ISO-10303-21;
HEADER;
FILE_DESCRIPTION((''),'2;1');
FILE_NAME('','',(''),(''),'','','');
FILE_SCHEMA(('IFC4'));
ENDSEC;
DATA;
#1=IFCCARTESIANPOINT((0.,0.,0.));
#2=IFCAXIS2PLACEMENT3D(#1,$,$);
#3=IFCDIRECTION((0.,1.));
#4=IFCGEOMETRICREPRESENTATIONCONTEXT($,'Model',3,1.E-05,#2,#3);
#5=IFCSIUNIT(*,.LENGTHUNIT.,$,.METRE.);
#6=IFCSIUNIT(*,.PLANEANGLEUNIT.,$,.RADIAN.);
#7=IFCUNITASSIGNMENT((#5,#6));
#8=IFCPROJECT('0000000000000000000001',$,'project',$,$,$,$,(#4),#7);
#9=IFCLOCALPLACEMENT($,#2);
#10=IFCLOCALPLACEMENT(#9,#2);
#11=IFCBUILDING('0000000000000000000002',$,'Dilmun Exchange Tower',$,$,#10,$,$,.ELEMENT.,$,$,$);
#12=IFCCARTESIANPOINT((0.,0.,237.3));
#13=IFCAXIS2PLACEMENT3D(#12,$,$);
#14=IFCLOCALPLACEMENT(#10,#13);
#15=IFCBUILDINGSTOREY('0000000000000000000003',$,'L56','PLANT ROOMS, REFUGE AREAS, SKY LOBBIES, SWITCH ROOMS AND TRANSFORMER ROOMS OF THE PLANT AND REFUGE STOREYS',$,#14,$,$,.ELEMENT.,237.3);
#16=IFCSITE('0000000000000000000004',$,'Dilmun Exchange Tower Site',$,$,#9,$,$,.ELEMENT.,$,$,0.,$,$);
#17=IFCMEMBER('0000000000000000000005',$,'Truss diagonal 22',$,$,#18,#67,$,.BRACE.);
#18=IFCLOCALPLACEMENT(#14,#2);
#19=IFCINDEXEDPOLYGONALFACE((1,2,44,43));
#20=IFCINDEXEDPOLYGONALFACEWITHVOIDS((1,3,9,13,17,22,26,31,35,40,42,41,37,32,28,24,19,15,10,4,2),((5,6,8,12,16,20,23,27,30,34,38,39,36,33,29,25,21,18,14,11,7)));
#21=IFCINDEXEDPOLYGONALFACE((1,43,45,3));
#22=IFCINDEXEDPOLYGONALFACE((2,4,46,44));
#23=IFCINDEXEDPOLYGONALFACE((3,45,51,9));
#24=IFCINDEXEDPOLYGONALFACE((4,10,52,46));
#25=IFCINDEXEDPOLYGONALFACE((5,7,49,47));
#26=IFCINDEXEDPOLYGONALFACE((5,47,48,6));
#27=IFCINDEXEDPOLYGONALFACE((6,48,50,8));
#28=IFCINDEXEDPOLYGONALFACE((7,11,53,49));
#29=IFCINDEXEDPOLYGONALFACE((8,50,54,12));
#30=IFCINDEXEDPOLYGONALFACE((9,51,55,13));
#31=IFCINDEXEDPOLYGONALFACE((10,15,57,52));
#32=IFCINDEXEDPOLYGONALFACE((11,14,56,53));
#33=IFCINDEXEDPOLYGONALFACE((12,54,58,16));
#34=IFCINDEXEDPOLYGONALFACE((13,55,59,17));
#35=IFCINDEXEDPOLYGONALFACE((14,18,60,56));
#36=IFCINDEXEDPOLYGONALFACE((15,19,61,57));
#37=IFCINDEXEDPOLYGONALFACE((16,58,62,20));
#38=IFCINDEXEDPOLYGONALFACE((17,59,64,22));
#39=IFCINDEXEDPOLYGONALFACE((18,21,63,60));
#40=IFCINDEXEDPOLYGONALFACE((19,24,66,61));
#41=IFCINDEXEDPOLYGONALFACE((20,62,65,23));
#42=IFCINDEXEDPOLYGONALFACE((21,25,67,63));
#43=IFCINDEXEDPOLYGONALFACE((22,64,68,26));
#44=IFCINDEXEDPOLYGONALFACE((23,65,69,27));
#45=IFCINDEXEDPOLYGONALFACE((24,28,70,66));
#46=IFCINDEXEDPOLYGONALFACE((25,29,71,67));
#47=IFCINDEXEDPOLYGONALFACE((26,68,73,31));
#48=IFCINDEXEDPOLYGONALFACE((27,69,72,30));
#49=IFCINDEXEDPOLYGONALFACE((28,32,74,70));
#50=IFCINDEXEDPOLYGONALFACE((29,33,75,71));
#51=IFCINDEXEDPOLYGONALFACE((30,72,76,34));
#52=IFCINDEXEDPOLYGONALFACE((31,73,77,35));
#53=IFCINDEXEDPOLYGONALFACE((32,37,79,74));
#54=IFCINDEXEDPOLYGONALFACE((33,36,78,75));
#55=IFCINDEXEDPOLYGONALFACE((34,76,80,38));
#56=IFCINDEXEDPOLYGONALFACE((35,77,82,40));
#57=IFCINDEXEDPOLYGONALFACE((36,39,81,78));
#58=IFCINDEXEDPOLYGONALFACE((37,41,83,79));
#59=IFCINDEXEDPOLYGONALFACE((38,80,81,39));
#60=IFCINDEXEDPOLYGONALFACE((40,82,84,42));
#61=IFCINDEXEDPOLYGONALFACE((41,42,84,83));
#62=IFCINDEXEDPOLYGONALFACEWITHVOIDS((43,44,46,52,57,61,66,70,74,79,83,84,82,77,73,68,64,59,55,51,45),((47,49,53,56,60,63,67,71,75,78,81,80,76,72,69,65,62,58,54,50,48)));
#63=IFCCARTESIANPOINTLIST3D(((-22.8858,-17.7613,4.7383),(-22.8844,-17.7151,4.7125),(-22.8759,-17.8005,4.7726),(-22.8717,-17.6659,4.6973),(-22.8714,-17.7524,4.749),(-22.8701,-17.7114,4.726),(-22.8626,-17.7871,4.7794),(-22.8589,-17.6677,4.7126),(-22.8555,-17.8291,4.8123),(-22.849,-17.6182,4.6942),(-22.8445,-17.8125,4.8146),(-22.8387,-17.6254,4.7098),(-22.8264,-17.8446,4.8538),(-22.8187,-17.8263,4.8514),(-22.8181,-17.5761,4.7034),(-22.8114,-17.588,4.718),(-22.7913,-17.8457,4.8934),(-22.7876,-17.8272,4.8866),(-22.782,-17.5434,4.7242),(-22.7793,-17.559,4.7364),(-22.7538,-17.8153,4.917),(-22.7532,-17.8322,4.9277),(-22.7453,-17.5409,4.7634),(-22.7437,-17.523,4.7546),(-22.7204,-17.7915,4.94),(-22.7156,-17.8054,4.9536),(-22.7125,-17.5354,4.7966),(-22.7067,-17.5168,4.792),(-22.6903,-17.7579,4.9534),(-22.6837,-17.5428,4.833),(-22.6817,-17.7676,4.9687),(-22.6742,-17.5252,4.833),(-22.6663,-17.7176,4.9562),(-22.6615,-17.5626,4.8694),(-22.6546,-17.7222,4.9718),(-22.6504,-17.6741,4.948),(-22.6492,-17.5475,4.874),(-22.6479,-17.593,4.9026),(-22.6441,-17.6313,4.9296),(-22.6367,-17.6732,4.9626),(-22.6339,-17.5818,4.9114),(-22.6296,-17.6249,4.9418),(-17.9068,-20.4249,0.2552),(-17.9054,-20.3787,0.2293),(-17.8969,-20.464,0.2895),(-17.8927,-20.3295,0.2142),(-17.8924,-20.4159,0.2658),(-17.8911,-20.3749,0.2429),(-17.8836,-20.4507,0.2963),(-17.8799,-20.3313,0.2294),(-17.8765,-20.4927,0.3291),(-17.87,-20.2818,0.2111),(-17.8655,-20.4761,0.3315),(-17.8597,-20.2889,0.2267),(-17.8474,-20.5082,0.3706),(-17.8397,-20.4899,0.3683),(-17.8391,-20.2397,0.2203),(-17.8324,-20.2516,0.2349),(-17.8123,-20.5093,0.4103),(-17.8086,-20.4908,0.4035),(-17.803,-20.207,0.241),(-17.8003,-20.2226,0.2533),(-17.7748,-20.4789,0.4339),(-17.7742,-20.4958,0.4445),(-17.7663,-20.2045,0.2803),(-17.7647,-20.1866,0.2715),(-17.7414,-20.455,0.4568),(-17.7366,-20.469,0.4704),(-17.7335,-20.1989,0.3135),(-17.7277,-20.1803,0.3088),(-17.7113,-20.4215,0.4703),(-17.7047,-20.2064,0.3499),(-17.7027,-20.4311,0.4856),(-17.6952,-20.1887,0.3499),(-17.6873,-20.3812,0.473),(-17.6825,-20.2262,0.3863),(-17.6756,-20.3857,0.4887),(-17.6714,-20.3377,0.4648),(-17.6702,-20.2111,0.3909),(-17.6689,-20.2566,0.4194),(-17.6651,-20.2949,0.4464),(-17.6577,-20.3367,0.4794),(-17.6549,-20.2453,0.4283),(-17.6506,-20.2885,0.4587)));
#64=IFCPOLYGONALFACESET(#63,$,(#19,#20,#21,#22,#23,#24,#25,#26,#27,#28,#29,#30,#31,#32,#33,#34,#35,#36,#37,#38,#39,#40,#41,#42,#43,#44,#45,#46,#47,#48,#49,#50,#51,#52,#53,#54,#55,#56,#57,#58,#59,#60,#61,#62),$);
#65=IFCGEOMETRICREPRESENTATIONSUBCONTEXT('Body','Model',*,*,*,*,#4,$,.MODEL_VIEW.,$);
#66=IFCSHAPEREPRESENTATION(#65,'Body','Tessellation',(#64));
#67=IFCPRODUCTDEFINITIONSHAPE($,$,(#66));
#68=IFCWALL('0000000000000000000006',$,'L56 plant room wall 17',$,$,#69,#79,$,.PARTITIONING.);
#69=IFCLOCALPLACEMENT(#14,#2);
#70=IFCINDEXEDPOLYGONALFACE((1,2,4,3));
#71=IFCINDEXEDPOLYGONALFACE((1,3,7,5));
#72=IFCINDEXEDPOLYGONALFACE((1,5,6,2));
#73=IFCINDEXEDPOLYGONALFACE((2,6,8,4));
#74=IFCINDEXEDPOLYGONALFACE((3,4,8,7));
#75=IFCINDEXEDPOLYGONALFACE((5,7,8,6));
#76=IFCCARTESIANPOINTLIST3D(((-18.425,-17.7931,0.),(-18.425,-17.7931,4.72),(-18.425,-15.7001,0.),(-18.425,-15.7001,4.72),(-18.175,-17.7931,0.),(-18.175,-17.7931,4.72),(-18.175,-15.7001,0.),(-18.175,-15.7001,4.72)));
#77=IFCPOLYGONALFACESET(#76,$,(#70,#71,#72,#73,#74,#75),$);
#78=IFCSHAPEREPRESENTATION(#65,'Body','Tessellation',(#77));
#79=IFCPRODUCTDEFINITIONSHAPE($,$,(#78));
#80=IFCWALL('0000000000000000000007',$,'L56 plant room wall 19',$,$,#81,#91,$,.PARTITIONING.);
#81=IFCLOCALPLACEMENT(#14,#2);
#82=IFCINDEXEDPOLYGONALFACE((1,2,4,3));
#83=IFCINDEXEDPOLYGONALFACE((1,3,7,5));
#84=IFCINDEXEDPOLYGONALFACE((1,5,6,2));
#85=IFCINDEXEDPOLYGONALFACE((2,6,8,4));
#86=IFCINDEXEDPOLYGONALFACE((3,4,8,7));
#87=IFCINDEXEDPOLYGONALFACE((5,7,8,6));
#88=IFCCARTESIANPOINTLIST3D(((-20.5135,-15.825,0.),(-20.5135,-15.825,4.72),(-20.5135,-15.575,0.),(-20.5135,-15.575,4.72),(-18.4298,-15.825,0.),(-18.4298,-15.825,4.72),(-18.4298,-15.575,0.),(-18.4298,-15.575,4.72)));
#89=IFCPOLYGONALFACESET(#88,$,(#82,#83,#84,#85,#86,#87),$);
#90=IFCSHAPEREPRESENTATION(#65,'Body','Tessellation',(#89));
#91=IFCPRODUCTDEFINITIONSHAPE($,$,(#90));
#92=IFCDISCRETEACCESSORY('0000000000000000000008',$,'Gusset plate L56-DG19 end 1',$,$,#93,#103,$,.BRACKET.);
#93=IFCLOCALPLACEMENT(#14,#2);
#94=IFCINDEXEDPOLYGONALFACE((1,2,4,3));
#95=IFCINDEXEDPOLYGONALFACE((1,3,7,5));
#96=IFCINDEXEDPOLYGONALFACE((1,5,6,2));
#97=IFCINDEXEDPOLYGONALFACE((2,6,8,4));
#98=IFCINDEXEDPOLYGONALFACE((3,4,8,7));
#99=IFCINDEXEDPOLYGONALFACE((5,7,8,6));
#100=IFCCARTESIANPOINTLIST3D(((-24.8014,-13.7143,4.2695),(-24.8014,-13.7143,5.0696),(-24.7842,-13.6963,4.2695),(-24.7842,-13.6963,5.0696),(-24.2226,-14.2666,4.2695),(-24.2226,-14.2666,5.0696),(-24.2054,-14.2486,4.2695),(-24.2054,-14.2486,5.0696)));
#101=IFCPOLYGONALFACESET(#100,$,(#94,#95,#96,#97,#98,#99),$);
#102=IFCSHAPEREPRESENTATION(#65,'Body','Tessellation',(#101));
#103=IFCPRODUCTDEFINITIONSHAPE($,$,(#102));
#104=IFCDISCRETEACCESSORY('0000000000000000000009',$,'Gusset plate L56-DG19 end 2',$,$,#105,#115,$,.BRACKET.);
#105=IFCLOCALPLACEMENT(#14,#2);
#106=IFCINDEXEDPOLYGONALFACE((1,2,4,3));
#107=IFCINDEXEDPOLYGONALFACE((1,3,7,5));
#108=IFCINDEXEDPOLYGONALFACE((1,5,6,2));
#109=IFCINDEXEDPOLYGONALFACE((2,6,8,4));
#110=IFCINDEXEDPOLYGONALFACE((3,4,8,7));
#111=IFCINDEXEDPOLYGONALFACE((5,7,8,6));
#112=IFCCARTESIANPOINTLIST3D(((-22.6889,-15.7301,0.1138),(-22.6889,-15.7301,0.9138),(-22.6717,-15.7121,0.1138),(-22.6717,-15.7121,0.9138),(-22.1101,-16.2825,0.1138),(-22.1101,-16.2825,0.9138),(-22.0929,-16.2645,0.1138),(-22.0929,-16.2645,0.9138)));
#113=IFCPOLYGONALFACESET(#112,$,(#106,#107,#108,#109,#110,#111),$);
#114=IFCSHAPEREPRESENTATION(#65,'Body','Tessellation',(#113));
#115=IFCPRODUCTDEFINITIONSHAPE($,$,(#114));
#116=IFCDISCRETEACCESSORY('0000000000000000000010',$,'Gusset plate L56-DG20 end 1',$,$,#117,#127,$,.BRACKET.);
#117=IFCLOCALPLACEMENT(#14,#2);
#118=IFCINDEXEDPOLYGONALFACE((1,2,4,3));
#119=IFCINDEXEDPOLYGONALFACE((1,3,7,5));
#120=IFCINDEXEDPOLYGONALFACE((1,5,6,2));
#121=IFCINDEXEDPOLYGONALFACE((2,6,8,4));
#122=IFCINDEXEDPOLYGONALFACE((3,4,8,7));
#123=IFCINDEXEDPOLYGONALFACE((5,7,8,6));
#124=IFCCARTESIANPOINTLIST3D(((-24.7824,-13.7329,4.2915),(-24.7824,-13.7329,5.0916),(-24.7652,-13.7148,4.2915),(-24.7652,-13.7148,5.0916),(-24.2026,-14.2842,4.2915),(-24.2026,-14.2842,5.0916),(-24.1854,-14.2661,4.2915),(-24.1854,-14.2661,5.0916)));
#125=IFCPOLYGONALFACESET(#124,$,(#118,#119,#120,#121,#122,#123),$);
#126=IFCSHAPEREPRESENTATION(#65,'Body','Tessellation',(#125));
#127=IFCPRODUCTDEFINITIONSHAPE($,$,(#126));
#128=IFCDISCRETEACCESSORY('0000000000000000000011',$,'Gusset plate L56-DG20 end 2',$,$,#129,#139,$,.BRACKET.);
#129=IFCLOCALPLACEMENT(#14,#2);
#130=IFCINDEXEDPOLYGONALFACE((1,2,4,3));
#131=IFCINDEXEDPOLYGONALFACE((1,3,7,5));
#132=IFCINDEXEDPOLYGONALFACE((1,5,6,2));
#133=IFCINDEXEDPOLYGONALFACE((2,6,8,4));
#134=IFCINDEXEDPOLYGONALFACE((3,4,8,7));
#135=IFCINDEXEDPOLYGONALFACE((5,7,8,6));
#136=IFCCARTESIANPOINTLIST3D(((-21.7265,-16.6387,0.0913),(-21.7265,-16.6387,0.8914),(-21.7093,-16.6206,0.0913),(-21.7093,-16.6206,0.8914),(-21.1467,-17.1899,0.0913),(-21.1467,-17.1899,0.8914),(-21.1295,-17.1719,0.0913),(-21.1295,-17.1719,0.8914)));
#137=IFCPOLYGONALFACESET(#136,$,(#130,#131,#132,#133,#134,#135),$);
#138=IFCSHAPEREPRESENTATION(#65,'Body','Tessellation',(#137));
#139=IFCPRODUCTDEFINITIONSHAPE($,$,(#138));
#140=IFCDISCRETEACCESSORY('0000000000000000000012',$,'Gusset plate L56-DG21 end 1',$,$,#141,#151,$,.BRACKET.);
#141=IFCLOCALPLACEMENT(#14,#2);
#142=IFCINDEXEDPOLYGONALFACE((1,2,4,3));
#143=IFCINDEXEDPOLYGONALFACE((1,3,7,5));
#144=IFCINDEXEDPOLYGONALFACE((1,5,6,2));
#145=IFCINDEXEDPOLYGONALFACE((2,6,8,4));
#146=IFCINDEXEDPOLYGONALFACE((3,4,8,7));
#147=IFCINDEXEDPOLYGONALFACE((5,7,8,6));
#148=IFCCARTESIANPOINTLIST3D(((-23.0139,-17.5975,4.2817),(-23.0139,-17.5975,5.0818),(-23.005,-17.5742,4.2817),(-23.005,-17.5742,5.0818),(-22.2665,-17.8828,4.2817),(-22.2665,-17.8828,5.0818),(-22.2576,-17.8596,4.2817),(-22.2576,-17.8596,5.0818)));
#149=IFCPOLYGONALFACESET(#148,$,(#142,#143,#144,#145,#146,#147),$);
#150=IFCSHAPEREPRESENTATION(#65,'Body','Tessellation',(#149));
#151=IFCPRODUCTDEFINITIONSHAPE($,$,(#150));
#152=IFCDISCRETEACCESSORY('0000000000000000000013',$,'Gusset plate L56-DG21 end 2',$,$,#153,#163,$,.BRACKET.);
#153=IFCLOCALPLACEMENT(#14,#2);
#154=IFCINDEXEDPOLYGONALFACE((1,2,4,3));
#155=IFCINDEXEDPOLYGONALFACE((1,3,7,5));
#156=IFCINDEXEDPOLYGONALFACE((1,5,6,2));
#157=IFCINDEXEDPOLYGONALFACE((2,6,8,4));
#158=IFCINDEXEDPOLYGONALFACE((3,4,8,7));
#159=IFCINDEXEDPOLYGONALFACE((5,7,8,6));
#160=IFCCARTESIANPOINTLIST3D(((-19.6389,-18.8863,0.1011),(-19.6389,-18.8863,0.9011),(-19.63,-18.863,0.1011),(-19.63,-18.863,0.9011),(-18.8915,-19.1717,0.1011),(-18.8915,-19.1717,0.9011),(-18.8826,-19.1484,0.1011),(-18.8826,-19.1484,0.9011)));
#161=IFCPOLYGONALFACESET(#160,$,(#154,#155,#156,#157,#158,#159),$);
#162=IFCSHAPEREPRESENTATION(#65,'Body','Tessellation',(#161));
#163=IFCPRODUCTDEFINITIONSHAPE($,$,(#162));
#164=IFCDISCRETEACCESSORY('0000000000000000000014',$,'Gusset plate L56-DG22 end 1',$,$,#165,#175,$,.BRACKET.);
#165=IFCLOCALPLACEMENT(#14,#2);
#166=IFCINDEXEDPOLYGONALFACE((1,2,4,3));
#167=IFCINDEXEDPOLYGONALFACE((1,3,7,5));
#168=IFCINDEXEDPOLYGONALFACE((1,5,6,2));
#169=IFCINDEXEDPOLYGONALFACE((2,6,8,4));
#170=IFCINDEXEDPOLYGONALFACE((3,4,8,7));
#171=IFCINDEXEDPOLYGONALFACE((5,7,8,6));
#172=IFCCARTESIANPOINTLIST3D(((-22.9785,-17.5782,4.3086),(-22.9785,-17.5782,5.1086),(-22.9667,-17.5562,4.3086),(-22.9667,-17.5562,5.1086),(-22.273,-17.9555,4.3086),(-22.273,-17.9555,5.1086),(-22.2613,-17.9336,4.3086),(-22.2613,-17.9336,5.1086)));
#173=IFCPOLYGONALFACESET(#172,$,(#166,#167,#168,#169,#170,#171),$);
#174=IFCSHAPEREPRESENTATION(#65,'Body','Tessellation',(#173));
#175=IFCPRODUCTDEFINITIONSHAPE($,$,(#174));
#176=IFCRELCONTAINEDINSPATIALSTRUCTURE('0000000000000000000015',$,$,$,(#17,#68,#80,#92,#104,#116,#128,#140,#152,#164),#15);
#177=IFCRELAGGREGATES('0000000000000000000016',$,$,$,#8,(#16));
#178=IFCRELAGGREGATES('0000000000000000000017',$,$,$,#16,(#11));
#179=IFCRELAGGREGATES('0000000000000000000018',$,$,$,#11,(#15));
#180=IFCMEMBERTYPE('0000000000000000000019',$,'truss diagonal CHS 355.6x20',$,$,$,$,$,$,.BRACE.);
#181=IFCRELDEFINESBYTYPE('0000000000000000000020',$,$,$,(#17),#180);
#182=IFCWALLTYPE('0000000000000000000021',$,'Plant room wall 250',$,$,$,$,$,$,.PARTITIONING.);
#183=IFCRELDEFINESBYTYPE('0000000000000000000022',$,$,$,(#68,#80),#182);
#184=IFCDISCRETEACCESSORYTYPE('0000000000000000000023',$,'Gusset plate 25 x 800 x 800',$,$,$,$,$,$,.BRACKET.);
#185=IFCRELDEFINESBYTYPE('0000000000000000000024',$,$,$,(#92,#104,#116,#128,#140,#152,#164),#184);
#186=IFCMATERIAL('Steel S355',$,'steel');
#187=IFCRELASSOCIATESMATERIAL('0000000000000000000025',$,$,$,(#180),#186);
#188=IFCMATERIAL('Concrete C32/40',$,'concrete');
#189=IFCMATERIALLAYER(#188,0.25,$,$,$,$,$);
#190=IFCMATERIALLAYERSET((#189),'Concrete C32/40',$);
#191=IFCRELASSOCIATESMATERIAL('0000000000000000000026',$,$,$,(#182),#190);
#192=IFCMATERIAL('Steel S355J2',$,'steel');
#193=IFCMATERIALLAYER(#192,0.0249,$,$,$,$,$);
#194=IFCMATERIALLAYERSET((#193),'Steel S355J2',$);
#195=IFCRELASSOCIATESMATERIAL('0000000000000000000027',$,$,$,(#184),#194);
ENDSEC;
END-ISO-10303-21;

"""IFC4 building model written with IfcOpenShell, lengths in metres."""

from ifc_helpers import new_model, si_unit, direction, frame, frame_2d, origin, origin_2d, place, context, subcontext, project, spatial, rectangle, hollow_circle, extrude, material, layer, layer_set, material_profile, profile_set, type_object, element, save


model = new_model("IFC4")

# Units and contexts
model_context = context("Model", 3, precision=1e-05, world=origin(), true_north=direction((0.0, 1.0)))
body_context = subcontext(model_context, "Body", "Model", "MODEL_VIEW")
ifc_project = project(units=[si_unit("LENGTHUNIT", "METRE"), si_unit("PLANEANGLEUNIT", "RADIAN")], contexts=[model_context])

# Site, building, storey
site_placement = place(None, origin())
site = spatial("IfcSite", under=ifc_project, at=site_placement, Name="Dilmun Exchange Tower Site", CompositionType="ELEMENT", RefElevation=0.0)
building_placement = place(site_placement, origin())
building = spatial("IfcBuilding", under=site, at=building_placement, Name="Dilmun Exchange Tower", CompositionType="ELEMENT")
storey_placement = place(building_placement, frame((0.0, 0.0, 237.3)))
storey = spatial("IfcBuildingStorey", under=building, at=storey_placement, Name="L56", Description="PLANT ROOMS, REFUGE AREAS, SKY LOBBIES, SWITCH ROOMS AND TRANSFORMER ROOMS OF THE PLANT AND REFUGE STOREYS", CompositionType="ELEMENT", Elevation=237.3)

# Shared definitions
ifc_material_1 = material(Name="Steel S355", Category="steel")

# Member
ifc_material_profile_1 = material_profile(ifc_material_1, hollow_circle(Radius=0.1777, WallThickness=0.02, at=origin_2d()), Name="CHS 355.6x20")
ifc_profile_set_1 = profile_set([ifc_material_profile_1], Name="Steel S355")
member_type = type_object("IfcMemberType", Name="truss diagonal CHS 355.6x20", PredefinedType="BRACE", material=ifc_profile_set_1)
member_1_placement = place(storey_placement, frame((-22.7581, -17.6819, 4.833), z_axis=(0.690571, -0.369429, -0.621799), x_axis=(0.471705, 0.881756, 0.0)))
element("IfcMember", 1, at=member_1_placement, inside=storey, type_object=member_type, Name="Truss diagonal 22", PredefinedType="BRACE", context=body_context, shape_type="SweptSolid", body=[
    extrude(hollow_circle(Radius=0.1777, WallThickness=0.02, at=origin_2d()), origin(), (0.0, 0.0, 1.0), 7.21),
])

# Walls
ifc_material_2 = material(Name="Concrete C32/40", Category="concrete")
ifc_layer_1 = layer(ifc_material_2, 0.25)
ifc_layer_set_1 = layer_set([ifc_layer_1], Name="Concrete C32/40")
wall_type = type_object("IfcWallType", Name="Plant room wall 250", PredefinedType="PARTITIONING", material=ifc_layer_set_1)
wall_1_placement = place(storey_placement, frame((-18.3, -17.793, 0.0), z_axis=(0.0, 0.0, 1.0), x_axis=(0.0, 1.0, 0.0)))
element("IfcWall", 2, at=wall_1_placement, inside=storey, type_object=wall_type, Name="L56 plant room wall 17", PredefinedType="PARTITIONING", context=body_context, shape_type="SweptSolid", body=[
    extrude(rectangle(XDim=2.093, YDim=0.25, at=frame_2d((1.0464, 0.0))), origin(), (0.0, 0.0, 1.0), 4.72),
])
wall_2_placement = place(storey_placement, frame((-20.5137, -15.7, 0.0), z_axis=(0.0, 0.0, 1.0), x_axis=(1.0, 0.0, 0.0)))
element("IfcWall", 3, at=wall_2_placement, inside=storey, type_object=wall_type, Name="L56 plant room wall 19", PredefinedType="PARTITIONING", context=body_context, shape_type="SweptSolid", body=[
    extrude(rectangle(XDim=2.0837, YDim=0.25, at=frame_2d((1.042, 0.0))), origin(), (0.0, 0.0, 1.0), 4.72),
])

# Discrete accessories
ifc_material_3 = material(Name="Steel S355J2", Category="steel")
ifc_layer_2 = layer(ifc_material_3, 0.0249)
ifc_layer_set_2 = layer_set([ifc_layer_2], Name="Steel S355J2")
discrete_accessory_type = type_object("IfcDiscreteAccessoryType", Name="Gusset plate 25 x 800 x 800", PredefinedType="BRACKET", material=ifc_layer_set_2)
for number, where, z_axis, x_axis, name in (
    (4, (-24.5034, -13.9814, 4.2695), (0.0, 0.0, 1.0), (0.723422, -0.690407, 0.0), "Gusset plate L56-DG19 end 1"),
    (5, (-22.3909, -15.9973, 0.1138), (0.0, 0.0, 1.0), (0.723422, -0.690407, 0.0), "Gusset plate L56-DG19 end 2"),
    (6, (-24.4839, -13.9995, 4.2915), (0.0, 0.0, 1.0), (0.724704, -0.689061, 0.0), "Gusset plate L56-DG20 end 1"),
    (7, (-21.428, -16.9053, 0.0913), (0.0, 0.0, 1.0), (0.724704, -0.689061, 0.0), "Gusset plate L56-DG20 end 2"),
    (8, (-22.6357, -17.7285, 4.2817), (0.0, 0.0, 1.0), (0.934218, -0.356704, 0.0), "Gusset plate L56-DG21 end 1"),
    (9, (-19.2607, -19.0173, 0.1011), (0.0, 0.0, 1.0), (0.934218, -0.356704, 0.0), "Gusset plate L56-DG21 end 2"),
    (10, (-22.6199, -17.7559, 4.3086), (0.0, 0.0, 1.0), (0.881769, -0.471681, 0.0), "Gusset plate L56-DG22 end 1"),
):
    element("IfcDiscreteAccessory", number, at=place(storey_placement, frame(where, z_axis=z_axis, x_axis=x_axis)), inside=storey, type_object=discrete_accessory_type, Name=name, PredefinedType="BRACKET", context=body_context, shape_type="SweptSolid", body=[
        extrude(rectangle(XDim=0.8, YDim=0.0249, at=origin_2d()), origin(), (0.0, 0.0, 1.0), 0.8),
    ])

save(model, "model.ifc")
